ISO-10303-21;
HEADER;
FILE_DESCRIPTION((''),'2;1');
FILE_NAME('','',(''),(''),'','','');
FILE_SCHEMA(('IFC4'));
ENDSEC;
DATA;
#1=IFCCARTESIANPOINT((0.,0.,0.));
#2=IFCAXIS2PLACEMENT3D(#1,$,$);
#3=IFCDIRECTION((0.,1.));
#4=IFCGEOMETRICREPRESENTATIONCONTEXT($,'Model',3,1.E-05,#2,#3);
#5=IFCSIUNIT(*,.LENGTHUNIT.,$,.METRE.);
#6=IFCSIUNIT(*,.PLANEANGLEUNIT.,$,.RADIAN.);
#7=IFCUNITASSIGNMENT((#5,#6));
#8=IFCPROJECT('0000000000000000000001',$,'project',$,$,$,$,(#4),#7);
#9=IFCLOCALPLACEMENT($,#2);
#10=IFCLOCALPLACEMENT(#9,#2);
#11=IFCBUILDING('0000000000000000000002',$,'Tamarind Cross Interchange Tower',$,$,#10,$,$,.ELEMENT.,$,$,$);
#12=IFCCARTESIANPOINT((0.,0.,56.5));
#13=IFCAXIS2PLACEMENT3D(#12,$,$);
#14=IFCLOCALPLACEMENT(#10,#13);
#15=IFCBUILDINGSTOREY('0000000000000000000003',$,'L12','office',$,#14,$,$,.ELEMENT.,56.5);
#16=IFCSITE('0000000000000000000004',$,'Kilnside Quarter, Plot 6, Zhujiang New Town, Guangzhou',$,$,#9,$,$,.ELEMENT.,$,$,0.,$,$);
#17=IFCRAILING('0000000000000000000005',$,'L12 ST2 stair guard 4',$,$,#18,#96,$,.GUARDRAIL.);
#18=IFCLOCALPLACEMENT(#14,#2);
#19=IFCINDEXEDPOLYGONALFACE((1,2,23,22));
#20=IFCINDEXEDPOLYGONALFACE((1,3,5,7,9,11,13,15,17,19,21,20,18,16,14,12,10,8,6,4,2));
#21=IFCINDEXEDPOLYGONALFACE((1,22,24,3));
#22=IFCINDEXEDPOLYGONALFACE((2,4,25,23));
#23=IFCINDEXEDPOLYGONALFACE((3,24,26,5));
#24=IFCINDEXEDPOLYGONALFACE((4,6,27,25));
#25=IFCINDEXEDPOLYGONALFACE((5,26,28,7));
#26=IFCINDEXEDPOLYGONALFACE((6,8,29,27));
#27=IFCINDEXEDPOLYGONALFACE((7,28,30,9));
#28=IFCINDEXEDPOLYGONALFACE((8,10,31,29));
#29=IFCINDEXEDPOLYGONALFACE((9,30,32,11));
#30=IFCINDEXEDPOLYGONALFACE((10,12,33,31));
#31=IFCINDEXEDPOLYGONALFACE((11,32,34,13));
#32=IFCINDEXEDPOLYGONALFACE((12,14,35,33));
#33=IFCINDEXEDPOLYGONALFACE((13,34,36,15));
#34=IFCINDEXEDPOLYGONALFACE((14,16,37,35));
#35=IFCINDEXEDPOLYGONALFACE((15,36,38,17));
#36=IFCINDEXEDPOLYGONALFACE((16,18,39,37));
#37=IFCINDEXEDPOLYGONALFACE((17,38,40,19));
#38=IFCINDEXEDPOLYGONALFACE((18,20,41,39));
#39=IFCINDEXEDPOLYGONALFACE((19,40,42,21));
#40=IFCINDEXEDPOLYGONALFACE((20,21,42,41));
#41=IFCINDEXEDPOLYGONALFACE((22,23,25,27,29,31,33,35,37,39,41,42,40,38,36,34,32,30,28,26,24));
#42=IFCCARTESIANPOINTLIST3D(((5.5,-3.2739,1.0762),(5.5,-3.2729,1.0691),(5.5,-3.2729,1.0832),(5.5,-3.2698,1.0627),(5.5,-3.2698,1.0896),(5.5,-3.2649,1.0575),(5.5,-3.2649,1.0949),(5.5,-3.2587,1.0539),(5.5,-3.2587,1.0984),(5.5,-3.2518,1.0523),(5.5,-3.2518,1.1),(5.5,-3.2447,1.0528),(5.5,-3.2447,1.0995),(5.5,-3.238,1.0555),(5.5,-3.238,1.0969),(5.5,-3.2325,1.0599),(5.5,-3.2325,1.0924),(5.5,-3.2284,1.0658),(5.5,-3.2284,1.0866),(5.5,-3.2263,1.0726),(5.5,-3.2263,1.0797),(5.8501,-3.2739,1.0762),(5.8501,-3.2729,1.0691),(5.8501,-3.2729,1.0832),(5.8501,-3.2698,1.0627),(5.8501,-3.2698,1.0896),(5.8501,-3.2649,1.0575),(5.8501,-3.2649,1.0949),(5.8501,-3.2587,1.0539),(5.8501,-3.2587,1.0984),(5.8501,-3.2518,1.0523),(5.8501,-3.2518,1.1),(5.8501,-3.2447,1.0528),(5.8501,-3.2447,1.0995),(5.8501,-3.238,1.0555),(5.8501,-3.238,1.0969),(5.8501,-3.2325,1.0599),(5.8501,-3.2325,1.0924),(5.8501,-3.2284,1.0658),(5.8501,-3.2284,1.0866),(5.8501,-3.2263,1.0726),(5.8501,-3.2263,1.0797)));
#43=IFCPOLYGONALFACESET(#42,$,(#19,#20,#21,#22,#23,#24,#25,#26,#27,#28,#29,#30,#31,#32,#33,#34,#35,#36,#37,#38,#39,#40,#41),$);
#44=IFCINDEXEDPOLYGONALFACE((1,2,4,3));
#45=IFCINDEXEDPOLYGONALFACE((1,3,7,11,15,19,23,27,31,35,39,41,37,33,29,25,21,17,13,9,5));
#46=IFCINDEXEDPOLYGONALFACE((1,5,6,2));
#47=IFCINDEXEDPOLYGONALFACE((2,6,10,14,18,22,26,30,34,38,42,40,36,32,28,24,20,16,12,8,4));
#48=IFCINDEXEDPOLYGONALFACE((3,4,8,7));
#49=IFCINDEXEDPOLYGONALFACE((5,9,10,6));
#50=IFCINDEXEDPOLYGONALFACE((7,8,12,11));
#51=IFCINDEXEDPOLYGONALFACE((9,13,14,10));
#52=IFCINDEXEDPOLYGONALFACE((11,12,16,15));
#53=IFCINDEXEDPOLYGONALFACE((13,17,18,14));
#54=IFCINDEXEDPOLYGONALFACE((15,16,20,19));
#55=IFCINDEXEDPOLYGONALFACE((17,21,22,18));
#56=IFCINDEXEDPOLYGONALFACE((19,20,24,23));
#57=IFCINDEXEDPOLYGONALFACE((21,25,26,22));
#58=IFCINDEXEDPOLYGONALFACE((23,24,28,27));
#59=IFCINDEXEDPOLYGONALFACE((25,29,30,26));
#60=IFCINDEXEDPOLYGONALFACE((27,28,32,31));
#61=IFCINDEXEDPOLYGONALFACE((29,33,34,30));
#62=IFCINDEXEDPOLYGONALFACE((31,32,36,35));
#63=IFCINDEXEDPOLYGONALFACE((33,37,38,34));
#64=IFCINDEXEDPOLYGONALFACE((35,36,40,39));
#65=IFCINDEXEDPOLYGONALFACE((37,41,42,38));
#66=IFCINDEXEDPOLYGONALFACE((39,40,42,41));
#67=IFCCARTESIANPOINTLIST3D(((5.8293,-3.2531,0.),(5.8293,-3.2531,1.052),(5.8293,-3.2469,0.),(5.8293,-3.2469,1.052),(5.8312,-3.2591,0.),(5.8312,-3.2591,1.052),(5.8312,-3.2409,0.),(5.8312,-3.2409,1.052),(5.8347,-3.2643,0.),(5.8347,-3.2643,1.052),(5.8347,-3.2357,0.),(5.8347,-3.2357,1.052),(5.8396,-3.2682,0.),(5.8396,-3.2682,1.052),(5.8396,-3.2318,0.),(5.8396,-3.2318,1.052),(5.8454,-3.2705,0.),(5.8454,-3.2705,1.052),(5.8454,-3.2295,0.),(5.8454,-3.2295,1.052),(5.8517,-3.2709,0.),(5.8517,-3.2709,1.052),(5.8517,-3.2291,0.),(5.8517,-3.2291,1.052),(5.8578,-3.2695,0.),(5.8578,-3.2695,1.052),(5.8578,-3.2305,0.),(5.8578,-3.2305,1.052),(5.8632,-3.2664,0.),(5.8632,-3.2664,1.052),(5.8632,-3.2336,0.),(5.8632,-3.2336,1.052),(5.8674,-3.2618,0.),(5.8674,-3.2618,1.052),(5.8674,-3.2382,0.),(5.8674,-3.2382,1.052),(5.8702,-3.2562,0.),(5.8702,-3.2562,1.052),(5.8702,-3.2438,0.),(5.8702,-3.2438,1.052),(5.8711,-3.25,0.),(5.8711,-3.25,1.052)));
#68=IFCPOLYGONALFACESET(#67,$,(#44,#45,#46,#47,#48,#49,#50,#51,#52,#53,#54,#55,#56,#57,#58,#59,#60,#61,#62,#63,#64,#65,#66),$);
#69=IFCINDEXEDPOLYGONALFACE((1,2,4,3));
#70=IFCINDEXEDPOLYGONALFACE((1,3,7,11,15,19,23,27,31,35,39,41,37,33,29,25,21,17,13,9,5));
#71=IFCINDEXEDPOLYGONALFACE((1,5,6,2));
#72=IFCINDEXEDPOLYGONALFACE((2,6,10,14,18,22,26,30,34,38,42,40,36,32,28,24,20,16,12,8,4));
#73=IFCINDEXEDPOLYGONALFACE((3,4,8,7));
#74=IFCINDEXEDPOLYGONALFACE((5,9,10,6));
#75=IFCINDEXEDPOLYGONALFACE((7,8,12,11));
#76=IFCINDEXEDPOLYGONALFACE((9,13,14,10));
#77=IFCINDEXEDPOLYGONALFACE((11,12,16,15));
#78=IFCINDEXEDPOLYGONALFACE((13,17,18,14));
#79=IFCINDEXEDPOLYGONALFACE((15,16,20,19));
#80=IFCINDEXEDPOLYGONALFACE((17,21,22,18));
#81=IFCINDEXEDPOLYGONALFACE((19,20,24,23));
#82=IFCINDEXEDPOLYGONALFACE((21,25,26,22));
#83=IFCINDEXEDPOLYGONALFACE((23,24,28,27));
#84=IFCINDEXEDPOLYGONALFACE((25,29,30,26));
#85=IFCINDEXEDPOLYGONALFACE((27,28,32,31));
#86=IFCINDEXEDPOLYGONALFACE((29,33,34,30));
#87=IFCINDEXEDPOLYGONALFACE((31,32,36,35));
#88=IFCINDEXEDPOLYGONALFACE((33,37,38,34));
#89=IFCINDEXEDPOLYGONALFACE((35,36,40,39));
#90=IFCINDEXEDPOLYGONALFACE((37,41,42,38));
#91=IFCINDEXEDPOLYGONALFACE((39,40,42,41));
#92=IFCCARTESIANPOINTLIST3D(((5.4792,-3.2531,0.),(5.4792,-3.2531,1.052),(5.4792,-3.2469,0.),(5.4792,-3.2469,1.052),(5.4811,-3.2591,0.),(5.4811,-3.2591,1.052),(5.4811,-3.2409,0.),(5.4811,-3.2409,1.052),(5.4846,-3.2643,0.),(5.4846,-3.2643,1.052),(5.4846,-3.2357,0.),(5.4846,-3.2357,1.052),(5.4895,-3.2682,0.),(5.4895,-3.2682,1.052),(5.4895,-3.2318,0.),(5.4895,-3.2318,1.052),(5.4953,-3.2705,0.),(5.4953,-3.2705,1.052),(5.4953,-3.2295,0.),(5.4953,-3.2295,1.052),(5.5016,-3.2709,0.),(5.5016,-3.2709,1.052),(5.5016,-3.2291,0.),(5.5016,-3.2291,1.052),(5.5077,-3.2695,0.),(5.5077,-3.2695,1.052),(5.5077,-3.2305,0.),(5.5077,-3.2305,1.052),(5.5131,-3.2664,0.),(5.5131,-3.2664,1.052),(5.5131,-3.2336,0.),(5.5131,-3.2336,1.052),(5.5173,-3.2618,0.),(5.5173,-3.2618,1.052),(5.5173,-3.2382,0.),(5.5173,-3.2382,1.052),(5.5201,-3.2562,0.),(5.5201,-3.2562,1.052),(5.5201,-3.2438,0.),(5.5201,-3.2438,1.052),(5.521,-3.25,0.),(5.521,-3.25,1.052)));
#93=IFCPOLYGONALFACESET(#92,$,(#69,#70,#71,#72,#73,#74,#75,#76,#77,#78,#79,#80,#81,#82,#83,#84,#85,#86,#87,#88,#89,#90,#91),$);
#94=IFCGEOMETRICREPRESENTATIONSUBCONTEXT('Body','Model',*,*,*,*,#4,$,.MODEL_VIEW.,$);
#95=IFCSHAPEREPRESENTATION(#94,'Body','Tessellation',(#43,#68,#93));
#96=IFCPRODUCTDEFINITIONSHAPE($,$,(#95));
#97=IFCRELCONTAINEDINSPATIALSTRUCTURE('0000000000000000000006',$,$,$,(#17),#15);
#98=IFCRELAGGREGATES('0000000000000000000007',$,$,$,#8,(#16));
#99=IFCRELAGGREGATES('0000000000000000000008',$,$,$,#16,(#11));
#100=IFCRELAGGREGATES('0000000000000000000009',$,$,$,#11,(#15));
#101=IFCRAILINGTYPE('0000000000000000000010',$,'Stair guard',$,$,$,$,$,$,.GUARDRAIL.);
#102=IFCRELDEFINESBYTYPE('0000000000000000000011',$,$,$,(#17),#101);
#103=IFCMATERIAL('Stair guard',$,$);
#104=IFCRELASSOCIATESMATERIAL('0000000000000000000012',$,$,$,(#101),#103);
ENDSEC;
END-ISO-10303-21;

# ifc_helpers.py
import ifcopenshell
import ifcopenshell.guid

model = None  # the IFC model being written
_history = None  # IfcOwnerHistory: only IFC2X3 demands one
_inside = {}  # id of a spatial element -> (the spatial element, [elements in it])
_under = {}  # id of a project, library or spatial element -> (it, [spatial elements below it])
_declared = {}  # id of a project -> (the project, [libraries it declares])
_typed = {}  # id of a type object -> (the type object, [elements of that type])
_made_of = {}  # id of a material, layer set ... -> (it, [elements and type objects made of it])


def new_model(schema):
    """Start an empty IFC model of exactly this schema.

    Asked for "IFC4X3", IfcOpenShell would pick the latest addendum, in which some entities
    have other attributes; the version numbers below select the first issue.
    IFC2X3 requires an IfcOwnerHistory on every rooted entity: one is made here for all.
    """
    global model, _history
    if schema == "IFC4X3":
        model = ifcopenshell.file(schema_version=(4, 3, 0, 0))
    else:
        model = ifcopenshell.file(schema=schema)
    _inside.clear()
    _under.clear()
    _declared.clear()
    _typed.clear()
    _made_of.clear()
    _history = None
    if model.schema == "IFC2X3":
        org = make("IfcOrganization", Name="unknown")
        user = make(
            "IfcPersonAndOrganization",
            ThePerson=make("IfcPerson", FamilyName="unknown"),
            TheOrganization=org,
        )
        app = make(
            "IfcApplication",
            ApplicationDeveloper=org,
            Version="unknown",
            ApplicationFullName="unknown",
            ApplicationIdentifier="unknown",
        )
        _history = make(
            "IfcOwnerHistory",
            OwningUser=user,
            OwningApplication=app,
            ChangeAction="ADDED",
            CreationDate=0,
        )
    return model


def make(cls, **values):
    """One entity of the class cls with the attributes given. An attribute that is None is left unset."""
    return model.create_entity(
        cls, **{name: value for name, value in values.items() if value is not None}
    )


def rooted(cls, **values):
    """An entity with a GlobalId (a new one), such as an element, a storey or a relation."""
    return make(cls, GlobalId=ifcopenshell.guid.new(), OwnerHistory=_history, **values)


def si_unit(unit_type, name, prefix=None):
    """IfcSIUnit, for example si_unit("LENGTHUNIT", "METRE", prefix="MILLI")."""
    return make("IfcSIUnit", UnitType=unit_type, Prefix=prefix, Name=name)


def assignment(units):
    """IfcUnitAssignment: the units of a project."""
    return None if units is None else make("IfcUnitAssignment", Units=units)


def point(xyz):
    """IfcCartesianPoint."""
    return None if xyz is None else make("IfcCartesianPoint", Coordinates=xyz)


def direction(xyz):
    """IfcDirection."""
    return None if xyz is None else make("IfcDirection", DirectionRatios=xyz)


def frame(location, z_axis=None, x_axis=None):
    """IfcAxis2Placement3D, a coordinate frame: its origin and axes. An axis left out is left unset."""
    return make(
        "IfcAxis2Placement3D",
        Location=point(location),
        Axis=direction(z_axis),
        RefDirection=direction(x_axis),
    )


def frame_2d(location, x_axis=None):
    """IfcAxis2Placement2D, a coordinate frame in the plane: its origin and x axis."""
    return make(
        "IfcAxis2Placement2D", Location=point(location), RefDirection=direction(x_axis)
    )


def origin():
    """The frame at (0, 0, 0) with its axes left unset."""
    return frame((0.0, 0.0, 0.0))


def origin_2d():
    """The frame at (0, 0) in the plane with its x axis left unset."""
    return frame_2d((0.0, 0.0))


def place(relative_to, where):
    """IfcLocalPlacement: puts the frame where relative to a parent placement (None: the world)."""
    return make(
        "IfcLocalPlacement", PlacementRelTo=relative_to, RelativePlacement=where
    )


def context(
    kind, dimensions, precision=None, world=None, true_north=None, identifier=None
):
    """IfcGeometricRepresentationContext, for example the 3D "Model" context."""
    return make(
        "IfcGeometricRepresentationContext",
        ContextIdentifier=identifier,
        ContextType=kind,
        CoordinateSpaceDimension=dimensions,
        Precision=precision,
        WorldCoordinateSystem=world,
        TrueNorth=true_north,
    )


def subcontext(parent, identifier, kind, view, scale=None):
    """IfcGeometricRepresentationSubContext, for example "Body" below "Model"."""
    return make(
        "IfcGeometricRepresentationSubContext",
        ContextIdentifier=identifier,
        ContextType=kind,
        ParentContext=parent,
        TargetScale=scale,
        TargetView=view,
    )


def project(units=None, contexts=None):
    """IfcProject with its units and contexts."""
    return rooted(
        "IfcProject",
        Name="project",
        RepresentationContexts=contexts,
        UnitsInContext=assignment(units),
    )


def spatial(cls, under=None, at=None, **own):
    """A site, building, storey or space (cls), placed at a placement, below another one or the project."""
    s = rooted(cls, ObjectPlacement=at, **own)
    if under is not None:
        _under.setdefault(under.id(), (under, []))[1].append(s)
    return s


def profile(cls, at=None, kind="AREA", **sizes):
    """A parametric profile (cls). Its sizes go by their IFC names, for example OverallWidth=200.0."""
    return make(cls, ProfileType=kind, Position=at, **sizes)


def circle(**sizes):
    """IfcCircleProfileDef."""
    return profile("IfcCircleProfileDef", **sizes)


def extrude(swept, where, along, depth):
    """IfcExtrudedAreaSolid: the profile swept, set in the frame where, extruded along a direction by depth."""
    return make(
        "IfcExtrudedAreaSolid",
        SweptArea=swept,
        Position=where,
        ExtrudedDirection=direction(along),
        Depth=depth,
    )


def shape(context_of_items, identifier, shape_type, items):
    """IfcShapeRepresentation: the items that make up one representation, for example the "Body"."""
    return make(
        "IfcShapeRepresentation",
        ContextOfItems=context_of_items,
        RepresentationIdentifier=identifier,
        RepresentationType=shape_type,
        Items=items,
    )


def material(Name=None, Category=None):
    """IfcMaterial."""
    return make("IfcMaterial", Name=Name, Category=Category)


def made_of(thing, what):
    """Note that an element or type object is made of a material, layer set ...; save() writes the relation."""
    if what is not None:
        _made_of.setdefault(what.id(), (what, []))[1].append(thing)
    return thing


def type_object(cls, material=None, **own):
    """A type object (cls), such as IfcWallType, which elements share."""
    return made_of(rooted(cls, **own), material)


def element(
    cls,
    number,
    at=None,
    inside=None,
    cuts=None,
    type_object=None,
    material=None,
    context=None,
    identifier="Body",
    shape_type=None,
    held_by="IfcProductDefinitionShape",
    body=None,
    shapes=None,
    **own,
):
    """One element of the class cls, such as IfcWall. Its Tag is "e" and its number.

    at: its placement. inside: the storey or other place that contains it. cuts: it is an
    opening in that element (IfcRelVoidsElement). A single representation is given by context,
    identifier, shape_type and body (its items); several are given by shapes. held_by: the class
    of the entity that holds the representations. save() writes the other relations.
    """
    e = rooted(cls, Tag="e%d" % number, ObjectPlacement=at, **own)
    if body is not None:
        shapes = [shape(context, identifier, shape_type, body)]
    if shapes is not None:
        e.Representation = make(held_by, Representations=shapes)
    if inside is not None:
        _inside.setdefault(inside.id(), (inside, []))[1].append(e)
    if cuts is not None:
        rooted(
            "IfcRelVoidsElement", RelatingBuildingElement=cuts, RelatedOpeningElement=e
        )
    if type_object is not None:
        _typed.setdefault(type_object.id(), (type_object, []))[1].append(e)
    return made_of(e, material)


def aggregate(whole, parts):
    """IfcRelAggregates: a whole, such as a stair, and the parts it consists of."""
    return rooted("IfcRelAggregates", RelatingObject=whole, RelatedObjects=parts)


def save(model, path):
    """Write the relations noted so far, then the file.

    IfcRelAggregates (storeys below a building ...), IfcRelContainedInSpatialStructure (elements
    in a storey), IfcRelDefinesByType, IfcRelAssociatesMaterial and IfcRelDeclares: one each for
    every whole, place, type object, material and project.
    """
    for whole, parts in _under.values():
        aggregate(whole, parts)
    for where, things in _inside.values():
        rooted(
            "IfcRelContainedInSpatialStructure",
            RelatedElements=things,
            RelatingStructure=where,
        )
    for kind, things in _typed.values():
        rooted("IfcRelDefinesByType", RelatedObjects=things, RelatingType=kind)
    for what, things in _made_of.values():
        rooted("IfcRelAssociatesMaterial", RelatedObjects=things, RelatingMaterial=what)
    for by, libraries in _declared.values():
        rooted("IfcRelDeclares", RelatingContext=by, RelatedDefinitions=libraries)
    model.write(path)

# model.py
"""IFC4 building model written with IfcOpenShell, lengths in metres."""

from ifc_helpers import new_model, si_unit, direction, frame, origin, origin_2d, place, context, subcontext, project, spatial, circle, extrude, material, type_object, element, save


model = new_model("IFC4")

# Units and contexts
model_context = context("Model", 3, precision=1e-05, world=origin(), true_north=direction((0.0, 1.0)))
body_context = subcontext(model_context, "Body", "Model", "MODEL_VIEW")
ifc_project = project(units=[si_unit("LENGTHUNIT", "METRE"), si_unit("PLANEANGLEUNIT", "RADIAN")], contexts=[model_context])

# Site, building, storey
site_placement = place(None, origin())
site = spatial("IfcSite", under=ifc_project, at=site_placement, Name="Kilnside Quarter, Plot 6, Zhujiang New Town, Guangzhou", CompositionType="ELEMENT", RefElevation=0.0)
building_placement = place(site_placement, origin())
building = spatial("IfcBuilding", under=site, at=building_placement, Name="Tamarind Cross Interchange Tower", CompositionType="ELEMENT")
storey_placement = place(building_placement, frame((0.0, 0.0, 56.5)))
storey = spatial("IfcBuildingStorey", under=building, at=storey_placement, Name="L12", Description="office", CompositionType="ELEMENT", Elevation=56.5)

# Railing
ifc_material_1 = material(Name="Stair guard")
railing_type_1 = type_object("IfcRailingType", Name="Stair guard", PredefinedType="GUARDRAIL", material=ifc_material_1)
railing_1_placement = place(storey_placement, frame((5.8501, -3.25, 0.0)))
element("IfcRailing", 1, at=railing_1_placement, inside=storey, type_object=railing_type_1, Name="L12 ST2 stair guard 4", PredefinedType="GUARDRAIL", context=body_context, shape_type="SweptSolid", body=[
    extrude(circle(Radius=0.0239, at=origin_2d()), frame((0.0, 0.0, 1.0762), z_axis=(-1.0, 0.0, 0.0), x_axis=(0.0, -1.0, 0.0)), (0.0, 0.0, 1.0), 0.3501),
    extrude(circle(Radius=0.021, at=origin_2d()), origin(), (0.0, 0.0, 1.0), 1.052),
    extrude(circle(Radius=0.021, at=origin_2d()), frame((-0.3501, 0.0, 0.0)), (0.0, 0.0, 1.0), 1.052),
])

save(model, "model.ifc")
